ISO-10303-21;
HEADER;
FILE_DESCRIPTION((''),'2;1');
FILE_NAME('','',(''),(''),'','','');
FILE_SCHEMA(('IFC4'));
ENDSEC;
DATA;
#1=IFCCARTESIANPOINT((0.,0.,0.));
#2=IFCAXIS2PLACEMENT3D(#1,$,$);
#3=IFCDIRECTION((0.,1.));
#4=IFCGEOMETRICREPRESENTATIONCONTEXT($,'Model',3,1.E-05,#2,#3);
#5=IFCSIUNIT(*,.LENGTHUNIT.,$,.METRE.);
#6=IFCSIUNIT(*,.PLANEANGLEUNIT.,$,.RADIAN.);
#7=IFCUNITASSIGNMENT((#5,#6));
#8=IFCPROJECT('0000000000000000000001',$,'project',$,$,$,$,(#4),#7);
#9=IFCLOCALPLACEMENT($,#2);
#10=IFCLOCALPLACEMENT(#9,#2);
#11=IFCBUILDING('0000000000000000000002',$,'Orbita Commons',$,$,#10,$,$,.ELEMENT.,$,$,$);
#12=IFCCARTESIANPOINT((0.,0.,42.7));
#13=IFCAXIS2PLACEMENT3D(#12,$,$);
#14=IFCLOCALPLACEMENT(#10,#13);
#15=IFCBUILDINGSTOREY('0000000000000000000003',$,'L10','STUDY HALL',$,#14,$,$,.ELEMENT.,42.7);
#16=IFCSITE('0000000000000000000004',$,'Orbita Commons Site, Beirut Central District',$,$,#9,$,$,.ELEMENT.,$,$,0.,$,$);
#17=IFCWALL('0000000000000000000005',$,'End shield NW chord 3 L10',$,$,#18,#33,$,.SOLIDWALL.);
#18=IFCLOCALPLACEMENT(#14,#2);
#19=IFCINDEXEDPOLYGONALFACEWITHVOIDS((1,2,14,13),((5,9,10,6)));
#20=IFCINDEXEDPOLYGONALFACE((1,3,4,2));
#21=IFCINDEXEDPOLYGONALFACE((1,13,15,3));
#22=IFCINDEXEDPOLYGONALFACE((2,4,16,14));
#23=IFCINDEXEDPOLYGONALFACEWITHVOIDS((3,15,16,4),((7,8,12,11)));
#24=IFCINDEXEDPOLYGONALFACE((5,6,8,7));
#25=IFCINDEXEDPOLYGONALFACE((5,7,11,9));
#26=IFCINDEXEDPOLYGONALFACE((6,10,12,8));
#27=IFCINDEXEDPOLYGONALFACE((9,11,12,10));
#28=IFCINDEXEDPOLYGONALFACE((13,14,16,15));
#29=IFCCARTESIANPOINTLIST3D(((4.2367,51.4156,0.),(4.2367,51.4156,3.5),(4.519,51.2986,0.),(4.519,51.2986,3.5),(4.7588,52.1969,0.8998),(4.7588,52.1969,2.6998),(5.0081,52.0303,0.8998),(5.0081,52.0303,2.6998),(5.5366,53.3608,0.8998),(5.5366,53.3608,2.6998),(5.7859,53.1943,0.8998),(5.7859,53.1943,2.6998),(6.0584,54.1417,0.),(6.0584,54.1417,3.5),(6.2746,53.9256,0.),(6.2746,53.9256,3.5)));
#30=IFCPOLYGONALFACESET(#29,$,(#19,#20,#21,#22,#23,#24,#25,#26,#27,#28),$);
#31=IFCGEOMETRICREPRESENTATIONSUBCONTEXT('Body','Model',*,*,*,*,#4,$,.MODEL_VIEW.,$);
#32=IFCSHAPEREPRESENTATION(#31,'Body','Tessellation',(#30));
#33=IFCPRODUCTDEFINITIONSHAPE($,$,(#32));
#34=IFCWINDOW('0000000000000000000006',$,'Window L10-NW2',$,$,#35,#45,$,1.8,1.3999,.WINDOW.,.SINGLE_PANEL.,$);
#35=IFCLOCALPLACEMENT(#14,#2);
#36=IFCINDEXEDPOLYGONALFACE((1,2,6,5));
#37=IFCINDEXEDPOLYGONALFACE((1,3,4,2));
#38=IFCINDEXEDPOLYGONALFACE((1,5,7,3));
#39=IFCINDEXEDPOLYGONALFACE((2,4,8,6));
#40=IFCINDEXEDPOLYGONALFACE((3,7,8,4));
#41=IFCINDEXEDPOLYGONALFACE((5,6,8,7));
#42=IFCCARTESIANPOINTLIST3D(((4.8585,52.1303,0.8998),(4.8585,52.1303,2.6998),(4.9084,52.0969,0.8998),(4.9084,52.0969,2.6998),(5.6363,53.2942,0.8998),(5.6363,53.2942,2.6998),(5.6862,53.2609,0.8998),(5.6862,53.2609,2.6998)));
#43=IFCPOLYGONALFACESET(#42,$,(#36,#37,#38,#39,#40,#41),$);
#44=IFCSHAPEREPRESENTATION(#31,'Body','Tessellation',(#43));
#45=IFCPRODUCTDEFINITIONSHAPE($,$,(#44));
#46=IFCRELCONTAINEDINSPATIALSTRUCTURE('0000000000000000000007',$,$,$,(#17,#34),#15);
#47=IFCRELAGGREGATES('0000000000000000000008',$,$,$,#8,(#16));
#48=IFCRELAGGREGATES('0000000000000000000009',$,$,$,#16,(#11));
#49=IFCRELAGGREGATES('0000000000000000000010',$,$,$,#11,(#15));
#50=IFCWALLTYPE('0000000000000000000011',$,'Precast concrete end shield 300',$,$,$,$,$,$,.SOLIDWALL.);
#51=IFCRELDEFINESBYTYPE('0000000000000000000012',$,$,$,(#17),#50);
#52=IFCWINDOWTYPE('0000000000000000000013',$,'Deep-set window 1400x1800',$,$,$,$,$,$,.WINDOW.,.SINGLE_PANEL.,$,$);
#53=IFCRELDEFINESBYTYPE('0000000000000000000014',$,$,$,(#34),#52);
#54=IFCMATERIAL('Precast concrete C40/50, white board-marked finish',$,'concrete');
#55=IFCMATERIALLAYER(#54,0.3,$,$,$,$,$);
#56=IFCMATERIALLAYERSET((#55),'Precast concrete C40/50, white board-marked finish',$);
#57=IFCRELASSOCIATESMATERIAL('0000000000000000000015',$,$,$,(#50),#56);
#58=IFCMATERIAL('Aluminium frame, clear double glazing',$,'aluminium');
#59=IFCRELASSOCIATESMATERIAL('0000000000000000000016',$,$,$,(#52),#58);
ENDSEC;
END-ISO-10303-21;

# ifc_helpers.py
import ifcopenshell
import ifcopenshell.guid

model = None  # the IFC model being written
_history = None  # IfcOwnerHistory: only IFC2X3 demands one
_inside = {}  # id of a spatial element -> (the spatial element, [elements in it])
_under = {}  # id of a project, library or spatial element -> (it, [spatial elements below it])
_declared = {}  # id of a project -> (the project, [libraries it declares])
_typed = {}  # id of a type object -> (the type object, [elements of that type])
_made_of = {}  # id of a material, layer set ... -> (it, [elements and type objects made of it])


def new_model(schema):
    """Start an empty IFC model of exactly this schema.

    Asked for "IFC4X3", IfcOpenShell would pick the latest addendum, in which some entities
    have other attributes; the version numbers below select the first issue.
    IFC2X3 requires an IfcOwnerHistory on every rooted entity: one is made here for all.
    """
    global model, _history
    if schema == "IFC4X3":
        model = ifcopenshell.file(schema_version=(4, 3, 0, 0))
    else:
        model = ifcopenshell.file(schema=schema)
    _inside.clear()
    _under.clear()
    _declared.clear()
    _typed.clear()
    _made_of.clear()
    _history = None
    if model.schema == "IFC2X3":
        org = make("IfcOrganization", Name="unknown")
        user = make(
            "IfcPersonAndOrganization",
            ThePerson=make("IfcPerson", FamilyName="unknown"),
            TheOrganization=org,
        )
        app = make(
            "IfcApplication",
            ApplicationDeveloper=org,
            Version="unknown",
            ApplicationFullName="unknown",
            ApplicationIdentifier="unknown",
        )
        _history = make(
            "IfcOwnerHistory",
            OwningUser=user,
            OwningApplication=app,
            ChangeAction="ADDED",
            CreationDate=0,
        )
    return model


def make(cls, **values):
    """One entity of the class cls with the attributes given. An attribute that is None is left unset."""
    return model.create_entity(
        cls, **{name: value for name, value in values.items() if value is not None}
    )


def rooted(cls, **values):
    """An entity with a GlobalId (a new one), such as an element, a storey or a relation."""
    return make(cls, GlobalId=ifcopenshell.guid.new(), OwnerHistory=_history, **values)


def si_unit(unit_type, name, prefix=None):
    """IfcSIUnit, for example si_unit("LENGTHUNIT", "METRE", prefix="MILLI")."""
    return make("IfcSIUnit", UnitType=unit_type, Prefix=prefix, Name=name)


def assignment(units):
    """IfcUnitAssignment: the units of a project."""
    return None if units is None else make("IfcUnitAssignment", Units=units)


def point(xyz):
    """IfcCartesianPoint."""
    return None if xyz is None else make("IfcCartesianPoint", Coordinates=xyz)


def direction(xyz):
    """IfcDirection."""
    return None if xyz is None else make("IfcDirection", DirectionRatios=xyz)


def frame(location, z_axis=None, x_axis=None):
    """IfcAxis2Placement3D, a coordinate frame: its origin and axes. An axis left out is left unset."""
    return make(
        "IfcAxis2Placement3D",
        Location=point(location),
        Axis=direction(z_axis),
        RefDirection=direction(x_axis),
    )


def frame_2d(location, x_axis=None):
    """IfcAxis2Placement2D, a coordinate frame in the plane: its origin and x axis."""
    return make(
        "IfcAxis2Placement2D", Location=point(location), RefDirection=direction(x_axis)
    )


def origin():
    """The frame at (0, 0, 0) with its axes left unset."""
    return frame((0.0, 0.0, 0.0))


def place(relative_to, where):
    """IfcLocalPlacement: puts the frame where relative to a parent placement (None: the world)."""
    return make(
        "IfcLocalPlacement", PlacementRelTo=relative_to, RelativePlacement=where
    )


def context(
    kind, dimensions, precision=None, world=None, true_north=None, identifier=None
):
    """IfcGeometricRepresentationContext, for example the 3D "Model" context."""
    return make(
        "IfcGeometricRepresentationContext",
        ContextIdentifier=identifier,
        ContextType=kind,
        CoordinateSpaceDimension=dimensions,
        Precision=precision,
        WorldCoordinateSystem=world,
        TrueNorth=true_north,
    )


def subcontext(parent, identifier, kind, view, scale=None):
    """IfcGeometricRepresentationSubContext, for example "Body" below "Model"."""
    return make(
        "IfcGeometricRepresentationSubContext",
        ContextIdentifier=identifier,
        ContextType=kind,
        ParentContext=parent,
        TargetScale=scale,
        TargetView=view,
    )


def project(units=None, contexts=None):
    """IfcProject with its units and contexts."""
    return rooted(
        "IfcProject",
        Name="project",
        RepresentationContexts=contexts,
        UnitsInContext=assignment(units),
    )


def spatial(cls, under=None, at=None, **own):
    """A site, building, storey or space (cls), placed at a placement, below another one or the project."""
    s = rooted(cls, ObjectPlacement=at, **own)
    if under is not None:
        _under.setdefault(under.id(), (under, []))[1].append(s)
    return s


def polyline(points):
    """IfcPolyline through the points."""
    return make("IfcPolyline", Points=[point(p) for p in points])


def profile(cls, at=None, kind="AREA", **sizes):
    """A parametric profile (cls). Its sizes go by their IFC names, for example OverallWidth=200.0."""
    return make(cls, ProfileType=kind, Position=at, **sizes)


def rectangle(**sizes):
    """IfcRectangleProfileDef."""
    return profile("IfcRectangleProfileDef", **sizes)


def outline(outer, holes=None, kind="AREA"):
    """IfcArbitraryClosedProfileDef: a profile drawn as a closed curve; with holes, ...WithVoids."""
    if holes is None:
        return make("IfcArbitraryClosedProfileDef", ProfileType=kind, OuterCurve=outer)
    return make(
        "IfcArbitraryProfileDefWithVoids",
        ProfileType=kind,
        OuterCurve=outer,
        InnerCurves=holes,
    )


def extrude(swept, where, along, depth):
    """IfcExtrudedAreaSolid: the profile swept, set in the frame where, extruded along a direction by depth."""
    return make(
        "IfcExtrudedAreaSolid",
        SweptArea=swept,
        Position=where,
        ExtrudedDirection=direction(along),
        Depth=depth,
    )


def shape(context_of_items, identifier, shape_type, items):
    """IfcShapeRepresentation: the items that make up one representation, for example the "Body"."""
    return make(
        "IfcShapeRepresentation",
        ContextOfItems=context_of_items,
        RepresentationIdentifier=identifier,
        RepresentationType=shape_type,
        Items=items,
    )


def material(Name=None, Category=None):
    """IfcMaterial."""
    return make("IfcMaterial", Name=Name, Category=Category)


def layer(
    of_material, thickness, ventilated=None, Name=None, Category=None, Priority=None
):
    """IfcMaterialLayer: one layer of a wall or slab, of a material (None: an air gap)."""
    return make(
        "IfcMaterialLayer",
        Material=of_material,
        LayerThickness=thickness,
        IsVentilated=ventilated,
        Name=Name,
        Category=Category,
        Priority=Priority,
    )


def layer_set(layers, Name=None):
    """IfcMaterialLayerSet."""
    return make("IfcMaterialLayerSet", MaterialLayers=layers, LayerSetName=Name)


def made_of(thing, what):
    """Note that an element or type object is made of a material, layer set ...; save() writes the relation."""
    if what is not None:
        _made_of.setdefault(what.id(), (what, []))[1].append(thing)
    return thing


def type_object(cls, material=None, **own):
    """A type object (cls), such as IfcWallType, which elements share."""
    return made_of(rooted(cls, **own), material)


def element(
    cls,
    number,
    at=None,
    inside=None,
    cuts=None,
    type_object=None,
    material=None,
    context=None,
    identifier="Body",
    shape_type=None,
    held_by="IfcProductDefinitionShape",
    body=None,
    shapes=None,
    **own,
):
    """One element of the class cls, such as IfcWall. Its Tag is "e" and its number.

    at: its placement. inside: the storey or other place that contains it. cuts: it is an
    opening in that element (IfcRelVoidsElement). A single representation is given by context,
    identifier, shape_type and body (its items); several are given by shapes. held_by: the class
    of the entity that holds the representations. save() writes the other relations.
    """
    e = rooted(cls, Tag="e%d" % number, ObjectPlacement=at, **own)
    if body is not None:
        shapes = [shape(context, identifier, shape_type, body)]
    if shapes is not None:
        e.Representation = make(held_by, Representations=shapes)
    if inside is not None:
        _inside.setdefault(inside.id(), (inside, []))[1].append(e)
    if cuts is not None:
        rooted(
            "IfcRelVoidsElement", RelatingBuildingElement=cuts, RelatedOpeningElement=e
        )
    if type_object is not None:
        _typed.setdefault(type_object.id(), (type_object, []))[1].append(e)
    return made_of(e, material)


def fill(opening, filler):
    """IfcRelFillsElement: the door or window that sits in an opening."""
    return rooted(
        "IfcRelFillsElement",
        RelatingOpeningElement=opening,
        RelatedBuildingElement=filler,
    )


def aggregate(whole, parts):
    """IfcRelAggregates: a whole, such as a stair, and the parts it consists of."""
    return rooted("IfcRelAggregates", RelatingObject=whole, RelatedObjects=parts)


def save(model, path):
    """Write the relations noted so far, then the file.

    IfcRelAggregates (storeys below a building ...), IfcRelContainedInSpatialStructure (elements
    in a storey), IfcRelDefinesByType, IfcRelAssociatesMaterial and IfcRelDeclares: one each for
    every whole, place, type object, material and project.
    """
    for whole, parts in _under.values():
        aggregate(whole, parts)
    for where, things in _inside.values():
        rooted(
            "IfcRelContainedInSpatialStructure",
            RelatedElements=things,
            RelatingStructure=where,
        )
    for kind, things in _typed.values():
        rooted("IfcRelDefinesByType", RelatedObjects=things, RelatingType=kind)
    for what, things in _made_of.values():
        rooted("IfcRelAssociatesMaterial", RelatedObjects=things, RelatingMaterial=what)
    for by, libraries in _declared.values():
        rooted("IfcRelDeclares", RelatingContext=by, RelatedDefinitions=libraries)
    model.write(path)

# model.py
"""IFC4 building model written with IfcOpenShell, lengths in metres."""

from ifc_helpers import new_model, si_unit, direction, frame, frame_2d, origin, place, context, subcontext, project, spatial, polyline, rectangle, outline, extrude, material, layer, layer_set, type_object, element, fill, save


model = new_model("IFC4")

# Units and contexts
model_context = context("Model", 3, precision=1e-05, world=origin(), true_north=direction((0.0, 1.0)))
body_context = subcontext(model_context, "Body", "Model", "MODEL_VIEW")
ifc_project = project(units=[si_unit("LENGTHUNIT", "METRE"), si_unit("PLANEANGLEUNIT", "RADIAN")], contexts=[model_context])

# Site, building, storey
site_placement = place(None, origin())
site = spatial("IfcSite", under=ifc_project, at=site_placement, Name="Orbita Commons Site, Beirut Central District", CompositionType="ELEMENT", RefElevation=0.0)
building_placement = place(site_placement, origin())
building = spatial("IfcBuilding", under=site, at=building_placement, Name="Orbita Commons", CompositionType="ELEMENT")
storey_placement = place(building_placement, frame((0.0, 0.0, 42.7)))
storey = spatial("IfcBuildingStorey", under=building, at=storey_placement, Name="L10", Description="STUDY HALL", CompositionType="ELEMENT", Elevation=42.7)

# Wall, opening, window
ifc_material_1 = material(Name="Precast concrete C40/50, white board-marked finish", Category="concrete")
ifc_layer_1 = layer(ifc_material_1, 0.3)
ifc_layer_set_1 = layer_set([ifc_layer_1], Name="Precast concrete C40/50, white board-marked finish")
wall_type_1 = type_object("IfcWallType", Name="Precast concrete end shield 300", PredefinedType="SOLIDWALL", material=ifc_layer_set_1)
ifc_material_2 = material(Name="Aluminium frame, clear double glazing", Category="aluminium")
window_type = type_object("IfcWindowType", Name="Deep-set window 1400x1800", PartitioningType="SINGLE_PANEL", PredefinedType="WINDOW", material=ifc_material_2)
wall_1_placement = place(storey_placement, frame((6.1665, 54.0337, 0.0), z_axis=(0.0, 0.0, 1.0), x_axis=(-0.55561, -0.831443, 0.0)))
wall_1 = element("IfcWall", 1, at=wall_1_placement, inside=storey, type_object=wall_type_1, Name="End shield NW chord 3 L10", PredefinedType="SOLIDWALL", context=body_context, shape_type="SweptSolid", body=[
    extrude(outline(polyline([(-0.0298, -0.1499), (3.249, -0.1499), (3.1895, 0.1499), (0.0298, 0.1499), (-0.0298, -0.1499)])), origin(), (0.0, 0.0, 1.0), 3.5),
])
opening_1_placement = place(wall_1_placement, frame((0.9094, 0.0, 0.8999)))
opening_1 = element("IfcOpeningElement", 2, at=opening_1_placement, cuts=wall_1, PredefinedType="OPENING", context=body_context, shape_type="SweptSolid", body=[
    extrude(rectangle(XDim=1.3999, YDim=1.8, at=frame_2d((0.7, 0.8999))), frame((0.0, 0.1599, 0.0), z_axis=(0.0, -1.0, 0.0), x_axis=(1.0, 0.0, 0.0)), (0.0, 0.0, 1.0), 0.3201),
])
window_1_placement = place(opening_1_placement, origin())
window_1 = element("IfcWindow", 3, at=window_1_placement, inside=storey, type_object=window_type, Name="Window L10-NW2", OverallHeight=1.8, OverallWidth=1.3999, PartitioningType="SINGLE_PANEL", PredefinedType="WINDOW", context=body_context, shape_type="SweptSolid", body=[
    extrude(rectangle(XDim=1.3999, YDim=1.8, at=frame_2d((0.7, 0.8999))), frame((0.0, 0.03, 0.0), z_axis=(0.0, -1.0, 0.0), x_axis=(1.0, 0.0, 0.0)), (0.0, 0.0, 1.0), 0.0601),
])
fill(opening_1, window_1)

save(model, "model.ifc")
